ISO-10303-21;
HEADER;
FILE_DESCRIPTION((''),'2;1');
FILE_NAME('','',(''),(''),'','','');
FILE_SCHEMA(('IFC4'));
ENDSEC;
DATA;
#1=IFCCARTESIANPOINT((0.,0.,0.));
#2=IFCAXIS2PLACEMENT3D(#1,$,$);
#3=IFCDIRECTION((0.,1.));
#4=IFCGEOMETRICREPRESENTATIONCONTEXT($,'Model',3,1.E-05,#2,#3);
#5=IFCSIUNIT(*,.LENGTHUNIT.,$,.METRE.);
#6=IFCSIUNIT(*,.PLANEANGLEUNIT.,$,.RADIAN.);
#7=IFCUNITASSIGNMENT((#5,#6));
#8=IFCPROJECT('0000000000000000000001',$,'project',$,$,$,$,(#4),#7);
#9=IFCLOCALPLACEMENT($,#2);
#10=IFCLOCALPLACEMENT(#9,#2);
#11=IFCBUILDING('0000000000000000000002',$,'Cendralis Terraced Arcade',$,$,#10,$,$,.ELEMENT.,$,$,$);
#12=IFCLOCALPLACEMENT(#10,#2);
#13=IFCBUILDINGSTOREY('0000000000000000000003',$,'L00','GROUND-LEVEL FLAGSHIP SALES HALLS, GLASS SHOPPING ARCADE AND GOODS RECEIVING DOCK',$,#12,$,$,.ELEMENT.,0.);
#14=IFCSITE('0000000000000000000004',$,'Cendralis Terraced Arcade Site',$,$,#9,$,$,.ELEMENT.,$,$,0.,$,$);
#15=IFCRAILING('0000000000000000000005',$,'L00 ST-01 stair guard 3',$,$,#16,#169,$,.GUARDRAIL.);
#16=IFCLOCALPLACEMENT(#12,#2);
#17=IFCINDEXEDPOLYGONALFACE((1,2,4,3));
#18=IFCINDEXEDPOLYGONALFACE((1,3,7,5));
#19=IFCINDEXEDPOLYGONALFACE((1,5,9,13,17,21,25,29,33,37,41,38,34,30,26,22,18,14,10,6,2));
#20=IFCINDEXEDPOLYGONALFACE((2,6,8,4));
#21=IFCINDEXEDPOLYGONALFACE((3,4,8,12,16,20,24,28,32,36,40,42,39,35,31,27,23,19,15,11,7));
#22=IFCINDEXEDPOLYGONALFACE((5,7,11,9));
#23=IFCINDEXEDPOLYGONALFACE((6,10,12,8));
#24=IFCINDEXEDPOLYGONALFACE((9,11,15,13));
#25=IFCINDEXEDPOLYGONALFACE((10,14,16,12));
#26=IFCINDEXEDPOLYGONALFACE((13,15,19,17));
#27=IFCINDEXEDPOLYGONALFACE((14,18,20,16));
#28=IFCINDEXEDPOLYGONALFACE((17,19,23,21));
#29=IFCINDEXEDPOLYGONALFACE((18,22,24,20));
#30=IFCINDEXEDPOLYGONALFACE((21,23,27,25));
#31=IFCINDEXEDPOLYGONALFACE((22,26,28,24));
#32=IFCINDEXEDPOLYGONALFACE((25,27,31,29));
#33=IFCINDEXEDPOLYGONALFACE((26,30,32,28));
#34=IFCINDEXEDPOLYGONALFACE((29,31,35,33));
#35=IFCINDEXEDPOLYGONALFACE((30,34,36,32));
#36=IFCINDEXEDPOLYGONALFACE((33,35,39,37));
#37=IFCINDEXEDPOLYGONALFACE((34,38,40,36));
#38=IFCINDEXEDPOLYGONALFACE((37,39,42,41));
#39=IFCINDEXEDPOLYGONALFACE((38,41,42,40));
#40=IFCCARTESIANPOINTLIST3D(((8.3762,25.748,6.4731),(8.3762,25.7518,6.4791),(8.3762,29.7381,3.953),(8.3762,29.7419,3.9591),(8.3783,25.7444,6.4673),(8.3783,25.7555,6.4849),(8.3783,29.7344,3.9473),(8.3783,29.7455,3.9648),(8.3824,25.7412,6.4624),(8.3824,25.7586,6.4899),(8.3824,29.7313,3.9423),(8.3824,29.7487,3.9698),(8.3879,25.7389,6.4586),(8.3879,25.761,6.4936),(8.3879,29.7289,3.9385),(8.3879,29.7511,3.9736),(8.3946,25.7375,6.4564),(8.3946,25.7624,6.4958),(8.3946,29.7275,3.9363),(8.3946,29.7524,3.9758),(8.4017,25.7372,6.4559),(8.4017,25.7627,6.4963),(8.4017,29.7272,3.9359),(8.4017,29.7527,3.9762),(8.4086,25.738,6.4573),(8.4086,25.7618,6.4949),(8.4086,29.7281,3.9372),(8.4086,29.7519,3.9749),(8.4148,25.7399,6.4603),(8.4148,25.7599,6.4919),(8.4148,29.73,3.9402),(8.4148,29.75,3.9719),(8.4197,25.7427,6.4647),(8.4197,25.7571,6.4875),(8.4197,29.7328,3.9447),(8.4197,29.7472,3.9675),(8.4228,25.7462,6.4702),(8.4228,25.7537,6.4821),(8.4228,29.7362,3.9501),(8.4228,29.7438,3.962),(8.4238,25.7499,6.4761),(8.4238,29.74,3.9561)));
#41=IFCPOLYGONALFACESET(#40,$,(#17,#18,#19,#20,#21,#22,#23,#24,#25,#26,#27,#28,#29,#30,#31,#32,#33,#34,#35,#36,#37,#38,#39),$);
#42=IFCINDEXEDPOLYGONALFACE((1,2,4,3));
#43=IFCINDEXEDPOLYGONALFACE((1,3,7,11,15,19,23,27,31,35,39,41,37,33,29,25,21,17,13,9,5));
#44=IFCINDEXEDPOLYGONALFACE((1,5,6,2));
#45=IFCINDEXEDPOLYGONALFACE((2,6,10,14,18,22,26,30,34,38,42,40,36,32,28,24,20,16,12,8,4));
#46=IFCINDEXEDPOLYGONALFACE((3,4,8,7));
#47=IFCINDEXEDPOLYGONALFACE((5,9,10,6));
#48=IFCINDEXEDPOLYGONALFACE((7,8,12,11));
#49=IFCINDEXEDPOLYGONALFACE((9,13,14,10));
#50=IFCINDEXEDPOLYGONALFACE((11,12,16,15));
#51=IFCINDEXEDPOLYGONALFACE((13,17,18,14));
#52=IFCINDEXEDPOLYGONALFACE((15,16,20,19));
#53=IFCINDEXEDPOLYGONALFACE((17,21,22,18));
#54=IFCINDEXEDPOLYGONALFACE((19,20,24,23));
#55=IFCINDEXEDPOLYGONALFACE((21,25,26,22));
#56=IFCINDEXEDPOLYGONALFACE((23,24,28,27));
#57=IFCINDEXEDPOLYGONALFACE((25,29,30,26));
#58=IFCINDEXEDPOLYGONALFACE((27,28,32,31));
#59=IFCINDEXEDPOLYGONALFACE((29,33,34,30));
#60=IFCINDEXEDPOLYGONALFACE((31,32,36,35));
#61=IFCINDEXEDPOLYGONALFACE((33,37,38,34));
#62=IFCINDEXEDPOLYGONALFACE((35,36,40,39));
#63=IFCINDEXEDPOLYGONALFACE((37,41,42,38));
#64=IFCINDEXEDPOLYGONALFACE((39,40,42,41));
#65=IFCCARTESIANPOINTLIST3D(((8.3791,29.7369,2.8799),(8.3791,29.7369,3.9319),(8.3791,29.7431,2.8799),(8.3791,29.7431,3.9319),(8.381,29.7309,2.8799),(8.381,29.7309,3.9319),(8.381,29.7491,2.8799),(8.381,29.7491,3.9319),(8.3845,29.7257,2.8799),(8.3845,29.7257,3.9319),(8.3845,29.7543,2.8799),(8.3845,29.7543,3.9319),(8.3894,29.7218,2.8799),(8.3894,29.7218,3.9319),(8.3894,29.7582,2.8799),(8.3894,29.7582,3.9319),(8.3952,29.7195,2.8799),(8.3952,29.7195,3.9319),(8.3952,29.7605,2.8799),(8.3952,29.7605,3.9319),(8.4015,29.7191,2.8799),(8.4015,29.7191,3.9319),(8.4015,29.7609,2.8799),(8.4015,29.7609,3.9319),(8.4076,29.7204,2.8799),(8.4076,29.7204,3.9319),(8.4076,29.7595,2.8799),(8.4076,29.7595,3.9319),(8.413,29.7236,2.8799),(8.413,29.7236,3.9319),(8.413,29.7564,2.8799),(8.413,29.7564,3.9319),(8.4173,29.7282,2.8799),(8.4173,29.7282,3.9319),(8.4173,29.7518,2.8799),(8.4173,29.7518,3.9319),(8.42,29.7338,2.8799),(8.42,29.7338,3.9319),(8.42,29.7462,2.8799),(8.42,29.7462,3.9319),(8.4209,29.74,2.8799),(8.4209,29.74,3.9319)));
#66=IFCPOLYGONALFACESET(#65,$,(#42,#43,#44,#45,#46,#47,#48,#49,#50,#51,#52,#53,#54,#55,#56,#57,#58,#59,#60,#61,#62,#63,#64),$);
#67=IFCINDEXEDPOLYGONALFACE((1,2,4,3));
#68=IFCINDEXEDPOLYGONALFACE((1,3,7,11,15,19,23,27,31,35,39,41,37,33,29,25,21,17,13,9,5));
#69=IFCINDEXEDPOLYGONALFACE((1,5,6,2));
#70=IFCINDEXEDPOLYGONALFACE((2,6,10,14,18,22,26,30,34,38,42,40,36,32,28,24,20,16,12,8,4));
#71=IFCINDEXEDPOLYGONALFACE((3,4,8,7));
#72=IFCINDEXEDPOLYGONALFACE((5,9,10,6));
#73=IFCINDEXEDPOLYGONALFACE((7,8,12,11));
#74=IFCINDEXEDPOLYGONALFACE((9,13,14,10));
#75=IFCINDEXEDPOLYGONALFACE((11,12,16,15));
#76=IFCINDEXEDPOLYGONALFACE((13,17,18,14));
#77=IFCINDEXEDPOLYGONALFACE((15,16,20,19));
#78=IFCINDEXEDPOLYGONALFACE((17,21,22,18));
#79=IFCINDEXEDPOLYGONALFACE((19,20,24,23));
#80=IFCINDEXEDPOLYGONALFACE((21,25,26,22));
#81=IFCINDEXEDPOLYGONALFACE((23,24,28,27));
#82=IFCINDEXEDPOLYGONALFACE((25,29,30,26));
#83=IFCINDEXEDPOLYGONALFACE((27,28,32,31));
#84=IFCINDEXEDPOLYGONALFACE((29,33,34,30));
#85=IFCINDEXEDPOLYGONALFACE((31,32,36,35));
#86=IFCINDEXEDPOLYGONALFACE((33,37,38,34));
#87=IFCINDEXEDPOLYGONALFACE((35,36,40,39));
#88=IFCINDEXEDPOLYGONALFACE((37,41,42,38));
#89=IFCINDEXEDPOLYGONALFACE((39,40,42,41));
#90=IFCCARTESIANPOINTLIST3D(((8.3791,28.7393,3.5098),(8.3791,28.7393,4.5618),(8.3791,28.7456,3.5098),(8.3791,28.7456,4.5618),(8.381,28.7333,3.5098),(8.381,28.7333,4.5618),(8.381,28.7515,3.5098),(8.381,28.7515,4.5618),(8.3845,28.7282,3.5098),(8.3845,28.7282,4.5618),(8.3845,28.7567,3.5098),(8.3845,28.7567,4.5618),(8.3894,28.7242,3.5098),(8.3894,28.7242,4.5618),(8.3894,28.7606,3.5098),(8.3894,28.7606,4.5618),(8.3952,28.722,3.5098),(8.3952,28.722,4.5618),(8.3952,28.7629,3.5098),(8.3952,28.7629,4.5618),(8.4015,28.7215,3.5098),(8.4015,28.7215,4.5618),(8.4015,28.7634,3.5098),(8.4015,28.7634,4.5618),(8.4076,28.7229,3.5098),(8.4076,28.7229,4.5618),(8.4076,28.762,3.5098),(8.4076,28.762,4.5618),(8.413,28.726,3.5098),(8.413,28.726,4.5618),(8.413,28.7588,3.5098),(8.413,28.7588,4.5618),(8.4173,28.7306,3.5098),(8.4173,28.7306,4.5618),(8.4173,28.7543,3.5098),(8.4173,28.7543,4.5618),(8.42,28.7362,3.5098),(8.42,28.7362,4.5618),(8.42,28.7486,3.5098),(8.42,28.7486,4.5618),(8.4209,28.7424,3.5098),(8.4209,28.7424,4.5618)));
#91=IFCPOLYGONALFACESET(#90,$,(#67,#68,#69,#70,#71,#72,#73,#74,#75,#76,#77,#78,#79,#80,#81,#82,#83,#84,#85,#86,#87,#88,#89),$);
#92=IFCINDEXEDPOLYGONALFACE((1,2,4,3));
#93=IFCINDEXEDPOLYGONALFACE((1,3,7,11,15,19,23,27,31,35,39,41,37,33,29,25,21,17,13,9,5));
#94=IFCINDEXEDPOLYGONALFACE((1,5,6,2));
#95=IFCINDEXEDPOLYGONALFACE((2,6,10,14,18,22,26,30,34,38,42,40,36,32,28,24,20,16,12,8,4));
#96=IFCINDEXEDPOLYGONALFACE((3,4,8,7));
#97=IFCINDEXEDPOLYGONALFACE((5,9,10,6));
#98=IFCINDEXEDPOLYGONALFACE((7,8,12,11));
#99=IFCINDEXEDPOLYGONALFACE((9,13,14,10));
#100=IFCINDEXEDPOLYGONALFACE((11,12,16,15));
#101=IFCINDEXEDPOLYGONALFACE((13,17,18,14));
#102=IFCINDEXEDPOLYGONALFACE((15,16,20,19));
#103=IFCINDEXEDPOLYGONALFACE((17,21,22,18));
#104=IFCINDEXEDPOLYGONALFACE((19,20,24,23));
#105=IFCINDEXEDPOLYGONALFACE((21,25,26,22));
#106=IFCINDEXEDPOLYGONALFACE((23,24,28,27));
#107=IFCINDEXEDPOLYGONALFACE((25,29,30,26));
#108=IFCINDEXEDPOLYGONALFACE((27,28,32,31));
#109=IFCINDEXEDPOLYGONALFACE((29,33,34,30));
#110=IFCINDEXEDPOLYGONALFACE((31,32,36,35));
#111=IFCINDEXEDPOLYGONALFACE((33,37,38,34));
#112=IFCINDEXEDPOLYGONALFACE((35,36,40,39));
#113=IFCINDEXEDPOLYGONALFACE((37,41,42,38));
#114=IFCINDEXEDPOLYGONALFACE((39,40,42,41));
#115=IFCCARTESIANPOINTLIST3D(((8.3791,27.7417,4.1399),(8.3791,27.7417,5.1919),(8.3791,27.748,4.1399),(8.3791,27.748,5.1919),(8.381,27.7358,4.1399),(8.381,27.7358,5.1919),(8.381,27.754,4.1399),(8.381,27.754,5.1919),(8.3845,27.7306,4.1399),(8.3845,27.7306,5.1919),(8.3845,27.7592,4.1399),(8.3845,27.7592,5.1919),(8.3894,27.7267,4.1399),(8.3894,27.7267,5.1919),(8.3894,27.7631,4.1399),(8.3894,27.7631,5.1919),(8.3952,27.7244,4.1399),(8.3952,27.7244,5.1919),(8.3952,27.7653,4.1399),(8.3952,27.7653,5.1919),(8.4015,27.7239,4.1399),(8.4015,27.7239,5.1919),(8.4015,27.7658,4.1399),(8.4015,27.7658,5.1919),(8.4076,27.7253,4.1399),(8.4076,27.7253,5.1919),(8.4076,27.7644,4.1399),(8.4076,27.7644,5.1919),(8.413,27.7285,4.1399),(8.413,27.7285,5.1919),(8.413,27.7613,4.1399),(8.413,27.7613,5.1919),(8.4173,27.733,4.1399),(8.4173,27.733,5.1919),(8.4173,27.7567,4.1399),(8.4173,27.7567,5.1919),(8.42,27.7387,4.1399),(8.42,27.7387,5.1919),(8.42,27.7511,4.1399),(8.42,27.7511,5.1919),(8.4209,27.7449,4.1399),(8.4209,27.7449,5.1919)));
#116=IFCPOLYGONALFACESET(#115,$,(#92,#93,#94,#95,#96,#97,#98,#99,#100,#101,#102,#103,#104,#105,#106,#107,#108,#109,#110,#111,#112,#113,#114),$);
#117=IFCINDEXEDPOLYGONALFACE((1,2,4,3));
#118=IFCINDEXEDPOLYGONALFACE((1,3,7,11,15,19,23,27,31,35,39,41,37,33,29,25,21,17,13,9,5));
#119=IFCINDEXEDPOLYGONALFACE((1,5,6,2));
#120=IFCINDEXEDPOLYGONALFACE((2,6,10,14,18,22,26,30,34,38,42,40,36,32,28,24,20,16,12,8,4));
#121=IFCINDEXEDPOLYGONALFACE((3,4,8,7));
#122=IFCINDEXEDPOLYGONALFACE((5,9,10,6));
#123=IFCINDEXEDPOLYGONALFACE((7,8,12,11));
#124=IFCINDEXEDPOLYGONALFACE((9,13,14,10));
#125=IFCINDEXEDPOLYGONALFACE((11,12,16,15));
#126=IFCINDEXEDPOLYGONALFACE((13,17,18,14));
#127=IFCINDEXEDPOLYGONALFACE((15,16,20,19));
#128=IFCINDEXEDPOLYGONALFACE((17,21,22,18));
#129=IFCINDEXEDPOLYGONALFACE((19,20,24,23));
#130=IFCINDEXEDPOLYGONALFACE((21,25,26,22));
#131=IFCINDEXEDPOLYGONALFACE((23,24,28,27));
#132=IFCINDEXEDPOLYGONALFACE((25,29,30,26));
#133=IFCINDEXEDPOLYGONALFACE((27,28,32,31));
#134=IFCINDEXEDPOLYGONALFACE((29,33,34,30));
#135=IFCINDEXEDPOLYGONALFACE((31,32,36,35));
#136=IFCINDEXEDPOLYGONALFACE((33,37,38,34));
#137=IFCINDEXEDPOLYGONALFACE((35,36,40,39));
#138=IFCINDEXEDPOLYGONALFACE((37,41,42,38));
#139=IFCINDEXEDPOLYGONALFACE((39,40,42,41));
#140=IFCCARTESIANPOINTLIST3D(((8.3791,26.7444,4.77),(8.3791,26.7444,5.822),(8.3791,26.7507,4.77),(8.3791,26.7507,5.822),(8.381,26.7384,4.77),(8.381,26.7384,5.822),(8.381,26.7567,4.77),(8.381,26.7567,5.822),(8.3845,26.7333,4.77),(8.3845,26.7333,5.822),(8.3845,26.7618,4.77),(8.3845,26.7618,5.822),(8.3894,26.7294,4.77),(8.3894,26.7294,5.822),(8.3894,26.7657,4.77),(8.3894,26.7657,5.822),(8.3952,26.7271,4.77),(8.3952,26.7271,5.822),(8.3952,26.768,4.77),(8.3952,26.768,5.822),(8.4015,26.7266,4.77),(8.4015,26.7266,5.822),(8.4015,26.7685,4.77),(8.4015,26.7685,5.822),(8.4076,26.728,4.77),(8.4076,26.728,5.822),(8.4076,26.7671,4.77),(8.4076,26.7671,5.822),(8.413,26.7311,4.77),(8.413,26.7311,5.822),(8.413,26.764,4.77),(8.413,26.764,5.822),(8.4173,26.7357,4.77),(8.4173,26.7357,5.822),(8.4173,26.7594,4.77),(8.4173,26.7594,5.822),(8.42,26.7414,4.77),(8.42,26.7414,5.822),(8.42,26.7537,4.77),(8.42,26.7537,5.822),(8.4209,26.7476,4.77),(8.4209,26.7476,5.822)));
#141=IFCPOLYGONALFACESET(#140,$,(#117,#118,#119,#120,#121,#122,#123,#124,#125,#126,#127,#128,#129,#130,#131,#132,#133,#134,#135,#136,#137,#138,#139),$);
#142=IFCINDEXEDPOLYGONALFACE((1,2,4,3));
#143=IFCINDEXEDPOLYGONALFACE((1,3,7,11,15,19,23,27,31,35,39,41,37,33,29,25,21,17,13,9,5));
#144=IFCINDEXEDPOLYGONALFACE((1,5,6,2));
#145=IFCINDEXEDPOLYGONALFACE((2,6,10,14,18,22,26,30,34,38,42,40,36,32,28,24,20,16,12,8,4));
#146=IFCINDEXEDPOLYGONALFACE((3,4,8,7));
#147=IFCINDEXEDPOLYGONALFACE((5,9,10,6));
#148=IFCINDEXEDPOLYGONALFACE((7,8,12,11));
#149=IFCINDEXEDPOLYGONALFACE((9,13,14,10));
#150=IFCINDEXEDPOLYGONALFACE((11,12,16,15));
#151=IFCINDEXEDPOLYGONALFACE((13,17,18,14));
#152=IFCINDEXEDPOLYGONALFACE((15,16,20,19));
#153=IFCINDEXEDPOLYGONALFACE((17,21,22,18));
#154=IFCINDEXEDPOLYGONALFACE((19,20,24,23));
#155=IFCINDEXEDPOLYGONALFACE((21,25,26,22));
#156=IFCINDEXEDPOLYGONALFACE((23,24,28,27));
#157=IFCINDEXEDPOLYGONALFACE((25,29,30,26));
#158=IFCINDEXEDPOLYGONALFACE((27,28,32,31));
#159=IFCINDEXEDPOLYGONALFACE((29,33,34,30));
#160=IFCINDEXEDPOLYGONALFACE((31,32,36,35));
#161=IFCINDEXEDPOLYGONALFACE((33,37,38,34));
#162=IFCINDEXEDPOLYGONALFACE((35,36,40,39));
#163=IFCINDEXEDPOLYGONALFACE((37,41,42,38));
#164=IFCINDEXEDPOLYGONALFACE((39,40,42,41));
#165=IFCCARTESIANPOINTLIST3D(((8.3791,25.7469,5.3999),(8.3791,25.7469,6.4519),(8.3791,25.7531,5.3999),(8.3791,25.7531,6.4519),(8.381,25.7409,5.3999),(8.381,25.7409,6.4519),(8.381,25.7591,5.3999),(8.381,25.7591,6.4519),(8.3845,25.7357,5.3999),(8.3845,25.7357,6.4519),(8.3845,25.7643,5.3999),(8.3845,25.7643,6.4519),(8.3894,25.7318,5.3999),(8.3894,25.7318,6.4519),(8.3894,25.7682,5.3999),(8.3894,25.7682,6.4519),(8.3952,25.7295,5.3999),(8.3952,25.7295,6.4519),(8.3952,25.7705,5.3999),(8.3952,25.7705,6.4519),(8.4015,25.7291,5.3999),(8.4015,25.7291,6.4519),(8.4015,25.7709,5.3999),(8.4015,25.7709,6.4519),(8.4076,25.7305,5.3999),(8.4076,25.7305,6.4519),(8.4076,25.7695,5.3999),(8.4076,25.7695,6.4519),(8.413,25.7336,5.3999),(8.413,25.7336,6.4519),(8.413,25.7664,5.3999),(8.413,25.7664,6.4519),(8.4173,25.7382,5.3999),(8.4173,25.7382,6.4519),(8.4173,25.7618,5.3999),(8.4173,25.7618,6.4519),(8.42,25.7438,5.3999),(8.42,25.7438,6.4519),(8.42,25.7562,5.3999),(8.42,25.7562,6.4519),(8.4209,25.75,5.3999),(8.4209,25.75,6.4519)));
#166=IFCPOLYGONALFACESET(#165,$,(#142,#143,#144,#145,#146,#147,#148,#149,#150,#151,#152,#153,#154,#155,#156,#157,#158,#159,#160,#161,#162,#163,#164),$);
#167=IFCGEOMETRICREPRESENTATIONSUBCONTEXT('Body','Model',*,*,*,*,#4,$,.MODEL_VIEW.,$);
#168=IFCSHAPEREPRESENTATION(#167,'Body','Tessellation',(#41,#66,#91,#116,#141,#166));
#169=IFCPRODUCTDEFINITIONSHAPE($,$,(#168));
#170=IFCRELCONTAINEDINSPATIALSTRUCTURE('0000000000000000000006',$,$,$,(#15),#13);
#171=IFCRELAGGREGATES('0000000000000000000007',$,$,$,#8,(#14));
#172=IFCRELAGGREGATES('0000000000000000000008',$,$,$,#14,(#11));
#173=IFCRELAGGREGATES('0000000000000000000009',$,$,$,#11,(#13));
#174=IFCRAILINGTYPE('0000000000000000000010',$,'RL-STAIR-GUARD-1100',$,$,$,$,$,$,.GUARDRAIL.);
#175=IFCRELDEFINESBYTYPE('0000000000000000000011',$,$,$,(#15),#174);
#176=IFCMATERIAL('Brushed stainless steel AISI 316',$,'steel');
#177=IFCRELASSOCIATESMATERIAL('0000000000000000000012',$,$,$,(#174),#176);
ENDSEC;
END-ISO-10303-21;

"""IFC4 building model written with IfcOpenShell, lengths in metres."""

from ifc_helpers import new_model, si_unit, direction, frame, origin, origin_2d, place, context, subcontext, project, spatial, circle, extrude, material, type_object, element, save


model = new_model("IFC4")

# Units and contexts
model_context = context("Model", 3, precision=1e-05, world=origin(), true_north=direction((0.0, 1.0)))
body_context = subcontext(model_context, "Body", "Model", "MODEL_VIEW")
ifc_project = project(units=[si_unit("LENGTHUNIT", "METRE"), si_unit("PLANEANGLEUNIT", "RADIAN")], contexts=[model_context])

# Site, building, storey
site_placement = place(None, origin())
site = spatial("IfcSite", under=ifc_project, at=site_placement, Name="Cendralis Terraced Arcade Site", CompositionType="ELEMENT", RefElevation=0.0)
building_placement = place(site_placement, origin())
building = spatial("IfcBuilding", under=site, at=building_placement, Name="Cendralis Terraced Arcade", CompositionType="ELEMENT")
storey_placement = place(building_placement, origin())
storey = spatial("IfcBuildingStorey", under=building, at=storey_placement, Name="L00", Description="GROUND-LEVEL FLAGSHIP SALES HALLS, GLASS SHOPPING ARCADE AND GOODS RECEIVING DOCK", CompositionType="ELEMENT", Elevation=0.0)

# Railing
ifc_material_1 = material(Name="Brushed stainless steel AISI 316", Category="steel")
railing_type_1 = type_object("IfcRailingType", Name="RL-STAIR-GUARD-1100", PredefinedType="GUARDRAIL", material=ifc_material_1)
railing_1_placement = place(storey_placement, frame((8.3999, 29.74, 2.8799)))
element("IfcRailing", 1, at=railing_1_placement, inside=storey, type_object=railing_type_1, Name="L00 ST-01 stair guard 3", PredefinedType="GUARDRAIL", context=body_context, shape_type="SweptSolid", body=[
    extrude(circle(Radius=0.0239, at=origin_2d()), frame((0.0, 0.0, 1.0762), z_axis=(0.0, -0.845486, 0.533997), x_axis=(1.0, 0.0, 0.0)), (0.0, 0.0, 1.0), 4.7192),
    extrude(circle(Radius=0.021, at=origin_2d()), origin(), (0.0, 0.0, 1.0), 1.052),
    extrude(circle(Radius=0.021, at=origin_2d()), frame((0.0, -0.9976, 0.6299)), (0.0, 0.0, 1.0), 1.052),
    extrude(circle(Radius=0.021, at=origin_2d()), frame((0.0, -1.9951, 1.26)), (0.0, 0.0, 1.0), 1.052),
    extrude(circle(Radius=0.021, at=origin_2d()), frame((0.0, -2.9924, 1.8901)), (0.0, 0.0, 1.0), 1.052),
    extrude(circle(Radius=0.021, at=origin_2d()), frame((0.0, -3.99, 2.52)), (0.0, 0.0, 1.0), 1.052),
])

save(model, "model.ifc")
